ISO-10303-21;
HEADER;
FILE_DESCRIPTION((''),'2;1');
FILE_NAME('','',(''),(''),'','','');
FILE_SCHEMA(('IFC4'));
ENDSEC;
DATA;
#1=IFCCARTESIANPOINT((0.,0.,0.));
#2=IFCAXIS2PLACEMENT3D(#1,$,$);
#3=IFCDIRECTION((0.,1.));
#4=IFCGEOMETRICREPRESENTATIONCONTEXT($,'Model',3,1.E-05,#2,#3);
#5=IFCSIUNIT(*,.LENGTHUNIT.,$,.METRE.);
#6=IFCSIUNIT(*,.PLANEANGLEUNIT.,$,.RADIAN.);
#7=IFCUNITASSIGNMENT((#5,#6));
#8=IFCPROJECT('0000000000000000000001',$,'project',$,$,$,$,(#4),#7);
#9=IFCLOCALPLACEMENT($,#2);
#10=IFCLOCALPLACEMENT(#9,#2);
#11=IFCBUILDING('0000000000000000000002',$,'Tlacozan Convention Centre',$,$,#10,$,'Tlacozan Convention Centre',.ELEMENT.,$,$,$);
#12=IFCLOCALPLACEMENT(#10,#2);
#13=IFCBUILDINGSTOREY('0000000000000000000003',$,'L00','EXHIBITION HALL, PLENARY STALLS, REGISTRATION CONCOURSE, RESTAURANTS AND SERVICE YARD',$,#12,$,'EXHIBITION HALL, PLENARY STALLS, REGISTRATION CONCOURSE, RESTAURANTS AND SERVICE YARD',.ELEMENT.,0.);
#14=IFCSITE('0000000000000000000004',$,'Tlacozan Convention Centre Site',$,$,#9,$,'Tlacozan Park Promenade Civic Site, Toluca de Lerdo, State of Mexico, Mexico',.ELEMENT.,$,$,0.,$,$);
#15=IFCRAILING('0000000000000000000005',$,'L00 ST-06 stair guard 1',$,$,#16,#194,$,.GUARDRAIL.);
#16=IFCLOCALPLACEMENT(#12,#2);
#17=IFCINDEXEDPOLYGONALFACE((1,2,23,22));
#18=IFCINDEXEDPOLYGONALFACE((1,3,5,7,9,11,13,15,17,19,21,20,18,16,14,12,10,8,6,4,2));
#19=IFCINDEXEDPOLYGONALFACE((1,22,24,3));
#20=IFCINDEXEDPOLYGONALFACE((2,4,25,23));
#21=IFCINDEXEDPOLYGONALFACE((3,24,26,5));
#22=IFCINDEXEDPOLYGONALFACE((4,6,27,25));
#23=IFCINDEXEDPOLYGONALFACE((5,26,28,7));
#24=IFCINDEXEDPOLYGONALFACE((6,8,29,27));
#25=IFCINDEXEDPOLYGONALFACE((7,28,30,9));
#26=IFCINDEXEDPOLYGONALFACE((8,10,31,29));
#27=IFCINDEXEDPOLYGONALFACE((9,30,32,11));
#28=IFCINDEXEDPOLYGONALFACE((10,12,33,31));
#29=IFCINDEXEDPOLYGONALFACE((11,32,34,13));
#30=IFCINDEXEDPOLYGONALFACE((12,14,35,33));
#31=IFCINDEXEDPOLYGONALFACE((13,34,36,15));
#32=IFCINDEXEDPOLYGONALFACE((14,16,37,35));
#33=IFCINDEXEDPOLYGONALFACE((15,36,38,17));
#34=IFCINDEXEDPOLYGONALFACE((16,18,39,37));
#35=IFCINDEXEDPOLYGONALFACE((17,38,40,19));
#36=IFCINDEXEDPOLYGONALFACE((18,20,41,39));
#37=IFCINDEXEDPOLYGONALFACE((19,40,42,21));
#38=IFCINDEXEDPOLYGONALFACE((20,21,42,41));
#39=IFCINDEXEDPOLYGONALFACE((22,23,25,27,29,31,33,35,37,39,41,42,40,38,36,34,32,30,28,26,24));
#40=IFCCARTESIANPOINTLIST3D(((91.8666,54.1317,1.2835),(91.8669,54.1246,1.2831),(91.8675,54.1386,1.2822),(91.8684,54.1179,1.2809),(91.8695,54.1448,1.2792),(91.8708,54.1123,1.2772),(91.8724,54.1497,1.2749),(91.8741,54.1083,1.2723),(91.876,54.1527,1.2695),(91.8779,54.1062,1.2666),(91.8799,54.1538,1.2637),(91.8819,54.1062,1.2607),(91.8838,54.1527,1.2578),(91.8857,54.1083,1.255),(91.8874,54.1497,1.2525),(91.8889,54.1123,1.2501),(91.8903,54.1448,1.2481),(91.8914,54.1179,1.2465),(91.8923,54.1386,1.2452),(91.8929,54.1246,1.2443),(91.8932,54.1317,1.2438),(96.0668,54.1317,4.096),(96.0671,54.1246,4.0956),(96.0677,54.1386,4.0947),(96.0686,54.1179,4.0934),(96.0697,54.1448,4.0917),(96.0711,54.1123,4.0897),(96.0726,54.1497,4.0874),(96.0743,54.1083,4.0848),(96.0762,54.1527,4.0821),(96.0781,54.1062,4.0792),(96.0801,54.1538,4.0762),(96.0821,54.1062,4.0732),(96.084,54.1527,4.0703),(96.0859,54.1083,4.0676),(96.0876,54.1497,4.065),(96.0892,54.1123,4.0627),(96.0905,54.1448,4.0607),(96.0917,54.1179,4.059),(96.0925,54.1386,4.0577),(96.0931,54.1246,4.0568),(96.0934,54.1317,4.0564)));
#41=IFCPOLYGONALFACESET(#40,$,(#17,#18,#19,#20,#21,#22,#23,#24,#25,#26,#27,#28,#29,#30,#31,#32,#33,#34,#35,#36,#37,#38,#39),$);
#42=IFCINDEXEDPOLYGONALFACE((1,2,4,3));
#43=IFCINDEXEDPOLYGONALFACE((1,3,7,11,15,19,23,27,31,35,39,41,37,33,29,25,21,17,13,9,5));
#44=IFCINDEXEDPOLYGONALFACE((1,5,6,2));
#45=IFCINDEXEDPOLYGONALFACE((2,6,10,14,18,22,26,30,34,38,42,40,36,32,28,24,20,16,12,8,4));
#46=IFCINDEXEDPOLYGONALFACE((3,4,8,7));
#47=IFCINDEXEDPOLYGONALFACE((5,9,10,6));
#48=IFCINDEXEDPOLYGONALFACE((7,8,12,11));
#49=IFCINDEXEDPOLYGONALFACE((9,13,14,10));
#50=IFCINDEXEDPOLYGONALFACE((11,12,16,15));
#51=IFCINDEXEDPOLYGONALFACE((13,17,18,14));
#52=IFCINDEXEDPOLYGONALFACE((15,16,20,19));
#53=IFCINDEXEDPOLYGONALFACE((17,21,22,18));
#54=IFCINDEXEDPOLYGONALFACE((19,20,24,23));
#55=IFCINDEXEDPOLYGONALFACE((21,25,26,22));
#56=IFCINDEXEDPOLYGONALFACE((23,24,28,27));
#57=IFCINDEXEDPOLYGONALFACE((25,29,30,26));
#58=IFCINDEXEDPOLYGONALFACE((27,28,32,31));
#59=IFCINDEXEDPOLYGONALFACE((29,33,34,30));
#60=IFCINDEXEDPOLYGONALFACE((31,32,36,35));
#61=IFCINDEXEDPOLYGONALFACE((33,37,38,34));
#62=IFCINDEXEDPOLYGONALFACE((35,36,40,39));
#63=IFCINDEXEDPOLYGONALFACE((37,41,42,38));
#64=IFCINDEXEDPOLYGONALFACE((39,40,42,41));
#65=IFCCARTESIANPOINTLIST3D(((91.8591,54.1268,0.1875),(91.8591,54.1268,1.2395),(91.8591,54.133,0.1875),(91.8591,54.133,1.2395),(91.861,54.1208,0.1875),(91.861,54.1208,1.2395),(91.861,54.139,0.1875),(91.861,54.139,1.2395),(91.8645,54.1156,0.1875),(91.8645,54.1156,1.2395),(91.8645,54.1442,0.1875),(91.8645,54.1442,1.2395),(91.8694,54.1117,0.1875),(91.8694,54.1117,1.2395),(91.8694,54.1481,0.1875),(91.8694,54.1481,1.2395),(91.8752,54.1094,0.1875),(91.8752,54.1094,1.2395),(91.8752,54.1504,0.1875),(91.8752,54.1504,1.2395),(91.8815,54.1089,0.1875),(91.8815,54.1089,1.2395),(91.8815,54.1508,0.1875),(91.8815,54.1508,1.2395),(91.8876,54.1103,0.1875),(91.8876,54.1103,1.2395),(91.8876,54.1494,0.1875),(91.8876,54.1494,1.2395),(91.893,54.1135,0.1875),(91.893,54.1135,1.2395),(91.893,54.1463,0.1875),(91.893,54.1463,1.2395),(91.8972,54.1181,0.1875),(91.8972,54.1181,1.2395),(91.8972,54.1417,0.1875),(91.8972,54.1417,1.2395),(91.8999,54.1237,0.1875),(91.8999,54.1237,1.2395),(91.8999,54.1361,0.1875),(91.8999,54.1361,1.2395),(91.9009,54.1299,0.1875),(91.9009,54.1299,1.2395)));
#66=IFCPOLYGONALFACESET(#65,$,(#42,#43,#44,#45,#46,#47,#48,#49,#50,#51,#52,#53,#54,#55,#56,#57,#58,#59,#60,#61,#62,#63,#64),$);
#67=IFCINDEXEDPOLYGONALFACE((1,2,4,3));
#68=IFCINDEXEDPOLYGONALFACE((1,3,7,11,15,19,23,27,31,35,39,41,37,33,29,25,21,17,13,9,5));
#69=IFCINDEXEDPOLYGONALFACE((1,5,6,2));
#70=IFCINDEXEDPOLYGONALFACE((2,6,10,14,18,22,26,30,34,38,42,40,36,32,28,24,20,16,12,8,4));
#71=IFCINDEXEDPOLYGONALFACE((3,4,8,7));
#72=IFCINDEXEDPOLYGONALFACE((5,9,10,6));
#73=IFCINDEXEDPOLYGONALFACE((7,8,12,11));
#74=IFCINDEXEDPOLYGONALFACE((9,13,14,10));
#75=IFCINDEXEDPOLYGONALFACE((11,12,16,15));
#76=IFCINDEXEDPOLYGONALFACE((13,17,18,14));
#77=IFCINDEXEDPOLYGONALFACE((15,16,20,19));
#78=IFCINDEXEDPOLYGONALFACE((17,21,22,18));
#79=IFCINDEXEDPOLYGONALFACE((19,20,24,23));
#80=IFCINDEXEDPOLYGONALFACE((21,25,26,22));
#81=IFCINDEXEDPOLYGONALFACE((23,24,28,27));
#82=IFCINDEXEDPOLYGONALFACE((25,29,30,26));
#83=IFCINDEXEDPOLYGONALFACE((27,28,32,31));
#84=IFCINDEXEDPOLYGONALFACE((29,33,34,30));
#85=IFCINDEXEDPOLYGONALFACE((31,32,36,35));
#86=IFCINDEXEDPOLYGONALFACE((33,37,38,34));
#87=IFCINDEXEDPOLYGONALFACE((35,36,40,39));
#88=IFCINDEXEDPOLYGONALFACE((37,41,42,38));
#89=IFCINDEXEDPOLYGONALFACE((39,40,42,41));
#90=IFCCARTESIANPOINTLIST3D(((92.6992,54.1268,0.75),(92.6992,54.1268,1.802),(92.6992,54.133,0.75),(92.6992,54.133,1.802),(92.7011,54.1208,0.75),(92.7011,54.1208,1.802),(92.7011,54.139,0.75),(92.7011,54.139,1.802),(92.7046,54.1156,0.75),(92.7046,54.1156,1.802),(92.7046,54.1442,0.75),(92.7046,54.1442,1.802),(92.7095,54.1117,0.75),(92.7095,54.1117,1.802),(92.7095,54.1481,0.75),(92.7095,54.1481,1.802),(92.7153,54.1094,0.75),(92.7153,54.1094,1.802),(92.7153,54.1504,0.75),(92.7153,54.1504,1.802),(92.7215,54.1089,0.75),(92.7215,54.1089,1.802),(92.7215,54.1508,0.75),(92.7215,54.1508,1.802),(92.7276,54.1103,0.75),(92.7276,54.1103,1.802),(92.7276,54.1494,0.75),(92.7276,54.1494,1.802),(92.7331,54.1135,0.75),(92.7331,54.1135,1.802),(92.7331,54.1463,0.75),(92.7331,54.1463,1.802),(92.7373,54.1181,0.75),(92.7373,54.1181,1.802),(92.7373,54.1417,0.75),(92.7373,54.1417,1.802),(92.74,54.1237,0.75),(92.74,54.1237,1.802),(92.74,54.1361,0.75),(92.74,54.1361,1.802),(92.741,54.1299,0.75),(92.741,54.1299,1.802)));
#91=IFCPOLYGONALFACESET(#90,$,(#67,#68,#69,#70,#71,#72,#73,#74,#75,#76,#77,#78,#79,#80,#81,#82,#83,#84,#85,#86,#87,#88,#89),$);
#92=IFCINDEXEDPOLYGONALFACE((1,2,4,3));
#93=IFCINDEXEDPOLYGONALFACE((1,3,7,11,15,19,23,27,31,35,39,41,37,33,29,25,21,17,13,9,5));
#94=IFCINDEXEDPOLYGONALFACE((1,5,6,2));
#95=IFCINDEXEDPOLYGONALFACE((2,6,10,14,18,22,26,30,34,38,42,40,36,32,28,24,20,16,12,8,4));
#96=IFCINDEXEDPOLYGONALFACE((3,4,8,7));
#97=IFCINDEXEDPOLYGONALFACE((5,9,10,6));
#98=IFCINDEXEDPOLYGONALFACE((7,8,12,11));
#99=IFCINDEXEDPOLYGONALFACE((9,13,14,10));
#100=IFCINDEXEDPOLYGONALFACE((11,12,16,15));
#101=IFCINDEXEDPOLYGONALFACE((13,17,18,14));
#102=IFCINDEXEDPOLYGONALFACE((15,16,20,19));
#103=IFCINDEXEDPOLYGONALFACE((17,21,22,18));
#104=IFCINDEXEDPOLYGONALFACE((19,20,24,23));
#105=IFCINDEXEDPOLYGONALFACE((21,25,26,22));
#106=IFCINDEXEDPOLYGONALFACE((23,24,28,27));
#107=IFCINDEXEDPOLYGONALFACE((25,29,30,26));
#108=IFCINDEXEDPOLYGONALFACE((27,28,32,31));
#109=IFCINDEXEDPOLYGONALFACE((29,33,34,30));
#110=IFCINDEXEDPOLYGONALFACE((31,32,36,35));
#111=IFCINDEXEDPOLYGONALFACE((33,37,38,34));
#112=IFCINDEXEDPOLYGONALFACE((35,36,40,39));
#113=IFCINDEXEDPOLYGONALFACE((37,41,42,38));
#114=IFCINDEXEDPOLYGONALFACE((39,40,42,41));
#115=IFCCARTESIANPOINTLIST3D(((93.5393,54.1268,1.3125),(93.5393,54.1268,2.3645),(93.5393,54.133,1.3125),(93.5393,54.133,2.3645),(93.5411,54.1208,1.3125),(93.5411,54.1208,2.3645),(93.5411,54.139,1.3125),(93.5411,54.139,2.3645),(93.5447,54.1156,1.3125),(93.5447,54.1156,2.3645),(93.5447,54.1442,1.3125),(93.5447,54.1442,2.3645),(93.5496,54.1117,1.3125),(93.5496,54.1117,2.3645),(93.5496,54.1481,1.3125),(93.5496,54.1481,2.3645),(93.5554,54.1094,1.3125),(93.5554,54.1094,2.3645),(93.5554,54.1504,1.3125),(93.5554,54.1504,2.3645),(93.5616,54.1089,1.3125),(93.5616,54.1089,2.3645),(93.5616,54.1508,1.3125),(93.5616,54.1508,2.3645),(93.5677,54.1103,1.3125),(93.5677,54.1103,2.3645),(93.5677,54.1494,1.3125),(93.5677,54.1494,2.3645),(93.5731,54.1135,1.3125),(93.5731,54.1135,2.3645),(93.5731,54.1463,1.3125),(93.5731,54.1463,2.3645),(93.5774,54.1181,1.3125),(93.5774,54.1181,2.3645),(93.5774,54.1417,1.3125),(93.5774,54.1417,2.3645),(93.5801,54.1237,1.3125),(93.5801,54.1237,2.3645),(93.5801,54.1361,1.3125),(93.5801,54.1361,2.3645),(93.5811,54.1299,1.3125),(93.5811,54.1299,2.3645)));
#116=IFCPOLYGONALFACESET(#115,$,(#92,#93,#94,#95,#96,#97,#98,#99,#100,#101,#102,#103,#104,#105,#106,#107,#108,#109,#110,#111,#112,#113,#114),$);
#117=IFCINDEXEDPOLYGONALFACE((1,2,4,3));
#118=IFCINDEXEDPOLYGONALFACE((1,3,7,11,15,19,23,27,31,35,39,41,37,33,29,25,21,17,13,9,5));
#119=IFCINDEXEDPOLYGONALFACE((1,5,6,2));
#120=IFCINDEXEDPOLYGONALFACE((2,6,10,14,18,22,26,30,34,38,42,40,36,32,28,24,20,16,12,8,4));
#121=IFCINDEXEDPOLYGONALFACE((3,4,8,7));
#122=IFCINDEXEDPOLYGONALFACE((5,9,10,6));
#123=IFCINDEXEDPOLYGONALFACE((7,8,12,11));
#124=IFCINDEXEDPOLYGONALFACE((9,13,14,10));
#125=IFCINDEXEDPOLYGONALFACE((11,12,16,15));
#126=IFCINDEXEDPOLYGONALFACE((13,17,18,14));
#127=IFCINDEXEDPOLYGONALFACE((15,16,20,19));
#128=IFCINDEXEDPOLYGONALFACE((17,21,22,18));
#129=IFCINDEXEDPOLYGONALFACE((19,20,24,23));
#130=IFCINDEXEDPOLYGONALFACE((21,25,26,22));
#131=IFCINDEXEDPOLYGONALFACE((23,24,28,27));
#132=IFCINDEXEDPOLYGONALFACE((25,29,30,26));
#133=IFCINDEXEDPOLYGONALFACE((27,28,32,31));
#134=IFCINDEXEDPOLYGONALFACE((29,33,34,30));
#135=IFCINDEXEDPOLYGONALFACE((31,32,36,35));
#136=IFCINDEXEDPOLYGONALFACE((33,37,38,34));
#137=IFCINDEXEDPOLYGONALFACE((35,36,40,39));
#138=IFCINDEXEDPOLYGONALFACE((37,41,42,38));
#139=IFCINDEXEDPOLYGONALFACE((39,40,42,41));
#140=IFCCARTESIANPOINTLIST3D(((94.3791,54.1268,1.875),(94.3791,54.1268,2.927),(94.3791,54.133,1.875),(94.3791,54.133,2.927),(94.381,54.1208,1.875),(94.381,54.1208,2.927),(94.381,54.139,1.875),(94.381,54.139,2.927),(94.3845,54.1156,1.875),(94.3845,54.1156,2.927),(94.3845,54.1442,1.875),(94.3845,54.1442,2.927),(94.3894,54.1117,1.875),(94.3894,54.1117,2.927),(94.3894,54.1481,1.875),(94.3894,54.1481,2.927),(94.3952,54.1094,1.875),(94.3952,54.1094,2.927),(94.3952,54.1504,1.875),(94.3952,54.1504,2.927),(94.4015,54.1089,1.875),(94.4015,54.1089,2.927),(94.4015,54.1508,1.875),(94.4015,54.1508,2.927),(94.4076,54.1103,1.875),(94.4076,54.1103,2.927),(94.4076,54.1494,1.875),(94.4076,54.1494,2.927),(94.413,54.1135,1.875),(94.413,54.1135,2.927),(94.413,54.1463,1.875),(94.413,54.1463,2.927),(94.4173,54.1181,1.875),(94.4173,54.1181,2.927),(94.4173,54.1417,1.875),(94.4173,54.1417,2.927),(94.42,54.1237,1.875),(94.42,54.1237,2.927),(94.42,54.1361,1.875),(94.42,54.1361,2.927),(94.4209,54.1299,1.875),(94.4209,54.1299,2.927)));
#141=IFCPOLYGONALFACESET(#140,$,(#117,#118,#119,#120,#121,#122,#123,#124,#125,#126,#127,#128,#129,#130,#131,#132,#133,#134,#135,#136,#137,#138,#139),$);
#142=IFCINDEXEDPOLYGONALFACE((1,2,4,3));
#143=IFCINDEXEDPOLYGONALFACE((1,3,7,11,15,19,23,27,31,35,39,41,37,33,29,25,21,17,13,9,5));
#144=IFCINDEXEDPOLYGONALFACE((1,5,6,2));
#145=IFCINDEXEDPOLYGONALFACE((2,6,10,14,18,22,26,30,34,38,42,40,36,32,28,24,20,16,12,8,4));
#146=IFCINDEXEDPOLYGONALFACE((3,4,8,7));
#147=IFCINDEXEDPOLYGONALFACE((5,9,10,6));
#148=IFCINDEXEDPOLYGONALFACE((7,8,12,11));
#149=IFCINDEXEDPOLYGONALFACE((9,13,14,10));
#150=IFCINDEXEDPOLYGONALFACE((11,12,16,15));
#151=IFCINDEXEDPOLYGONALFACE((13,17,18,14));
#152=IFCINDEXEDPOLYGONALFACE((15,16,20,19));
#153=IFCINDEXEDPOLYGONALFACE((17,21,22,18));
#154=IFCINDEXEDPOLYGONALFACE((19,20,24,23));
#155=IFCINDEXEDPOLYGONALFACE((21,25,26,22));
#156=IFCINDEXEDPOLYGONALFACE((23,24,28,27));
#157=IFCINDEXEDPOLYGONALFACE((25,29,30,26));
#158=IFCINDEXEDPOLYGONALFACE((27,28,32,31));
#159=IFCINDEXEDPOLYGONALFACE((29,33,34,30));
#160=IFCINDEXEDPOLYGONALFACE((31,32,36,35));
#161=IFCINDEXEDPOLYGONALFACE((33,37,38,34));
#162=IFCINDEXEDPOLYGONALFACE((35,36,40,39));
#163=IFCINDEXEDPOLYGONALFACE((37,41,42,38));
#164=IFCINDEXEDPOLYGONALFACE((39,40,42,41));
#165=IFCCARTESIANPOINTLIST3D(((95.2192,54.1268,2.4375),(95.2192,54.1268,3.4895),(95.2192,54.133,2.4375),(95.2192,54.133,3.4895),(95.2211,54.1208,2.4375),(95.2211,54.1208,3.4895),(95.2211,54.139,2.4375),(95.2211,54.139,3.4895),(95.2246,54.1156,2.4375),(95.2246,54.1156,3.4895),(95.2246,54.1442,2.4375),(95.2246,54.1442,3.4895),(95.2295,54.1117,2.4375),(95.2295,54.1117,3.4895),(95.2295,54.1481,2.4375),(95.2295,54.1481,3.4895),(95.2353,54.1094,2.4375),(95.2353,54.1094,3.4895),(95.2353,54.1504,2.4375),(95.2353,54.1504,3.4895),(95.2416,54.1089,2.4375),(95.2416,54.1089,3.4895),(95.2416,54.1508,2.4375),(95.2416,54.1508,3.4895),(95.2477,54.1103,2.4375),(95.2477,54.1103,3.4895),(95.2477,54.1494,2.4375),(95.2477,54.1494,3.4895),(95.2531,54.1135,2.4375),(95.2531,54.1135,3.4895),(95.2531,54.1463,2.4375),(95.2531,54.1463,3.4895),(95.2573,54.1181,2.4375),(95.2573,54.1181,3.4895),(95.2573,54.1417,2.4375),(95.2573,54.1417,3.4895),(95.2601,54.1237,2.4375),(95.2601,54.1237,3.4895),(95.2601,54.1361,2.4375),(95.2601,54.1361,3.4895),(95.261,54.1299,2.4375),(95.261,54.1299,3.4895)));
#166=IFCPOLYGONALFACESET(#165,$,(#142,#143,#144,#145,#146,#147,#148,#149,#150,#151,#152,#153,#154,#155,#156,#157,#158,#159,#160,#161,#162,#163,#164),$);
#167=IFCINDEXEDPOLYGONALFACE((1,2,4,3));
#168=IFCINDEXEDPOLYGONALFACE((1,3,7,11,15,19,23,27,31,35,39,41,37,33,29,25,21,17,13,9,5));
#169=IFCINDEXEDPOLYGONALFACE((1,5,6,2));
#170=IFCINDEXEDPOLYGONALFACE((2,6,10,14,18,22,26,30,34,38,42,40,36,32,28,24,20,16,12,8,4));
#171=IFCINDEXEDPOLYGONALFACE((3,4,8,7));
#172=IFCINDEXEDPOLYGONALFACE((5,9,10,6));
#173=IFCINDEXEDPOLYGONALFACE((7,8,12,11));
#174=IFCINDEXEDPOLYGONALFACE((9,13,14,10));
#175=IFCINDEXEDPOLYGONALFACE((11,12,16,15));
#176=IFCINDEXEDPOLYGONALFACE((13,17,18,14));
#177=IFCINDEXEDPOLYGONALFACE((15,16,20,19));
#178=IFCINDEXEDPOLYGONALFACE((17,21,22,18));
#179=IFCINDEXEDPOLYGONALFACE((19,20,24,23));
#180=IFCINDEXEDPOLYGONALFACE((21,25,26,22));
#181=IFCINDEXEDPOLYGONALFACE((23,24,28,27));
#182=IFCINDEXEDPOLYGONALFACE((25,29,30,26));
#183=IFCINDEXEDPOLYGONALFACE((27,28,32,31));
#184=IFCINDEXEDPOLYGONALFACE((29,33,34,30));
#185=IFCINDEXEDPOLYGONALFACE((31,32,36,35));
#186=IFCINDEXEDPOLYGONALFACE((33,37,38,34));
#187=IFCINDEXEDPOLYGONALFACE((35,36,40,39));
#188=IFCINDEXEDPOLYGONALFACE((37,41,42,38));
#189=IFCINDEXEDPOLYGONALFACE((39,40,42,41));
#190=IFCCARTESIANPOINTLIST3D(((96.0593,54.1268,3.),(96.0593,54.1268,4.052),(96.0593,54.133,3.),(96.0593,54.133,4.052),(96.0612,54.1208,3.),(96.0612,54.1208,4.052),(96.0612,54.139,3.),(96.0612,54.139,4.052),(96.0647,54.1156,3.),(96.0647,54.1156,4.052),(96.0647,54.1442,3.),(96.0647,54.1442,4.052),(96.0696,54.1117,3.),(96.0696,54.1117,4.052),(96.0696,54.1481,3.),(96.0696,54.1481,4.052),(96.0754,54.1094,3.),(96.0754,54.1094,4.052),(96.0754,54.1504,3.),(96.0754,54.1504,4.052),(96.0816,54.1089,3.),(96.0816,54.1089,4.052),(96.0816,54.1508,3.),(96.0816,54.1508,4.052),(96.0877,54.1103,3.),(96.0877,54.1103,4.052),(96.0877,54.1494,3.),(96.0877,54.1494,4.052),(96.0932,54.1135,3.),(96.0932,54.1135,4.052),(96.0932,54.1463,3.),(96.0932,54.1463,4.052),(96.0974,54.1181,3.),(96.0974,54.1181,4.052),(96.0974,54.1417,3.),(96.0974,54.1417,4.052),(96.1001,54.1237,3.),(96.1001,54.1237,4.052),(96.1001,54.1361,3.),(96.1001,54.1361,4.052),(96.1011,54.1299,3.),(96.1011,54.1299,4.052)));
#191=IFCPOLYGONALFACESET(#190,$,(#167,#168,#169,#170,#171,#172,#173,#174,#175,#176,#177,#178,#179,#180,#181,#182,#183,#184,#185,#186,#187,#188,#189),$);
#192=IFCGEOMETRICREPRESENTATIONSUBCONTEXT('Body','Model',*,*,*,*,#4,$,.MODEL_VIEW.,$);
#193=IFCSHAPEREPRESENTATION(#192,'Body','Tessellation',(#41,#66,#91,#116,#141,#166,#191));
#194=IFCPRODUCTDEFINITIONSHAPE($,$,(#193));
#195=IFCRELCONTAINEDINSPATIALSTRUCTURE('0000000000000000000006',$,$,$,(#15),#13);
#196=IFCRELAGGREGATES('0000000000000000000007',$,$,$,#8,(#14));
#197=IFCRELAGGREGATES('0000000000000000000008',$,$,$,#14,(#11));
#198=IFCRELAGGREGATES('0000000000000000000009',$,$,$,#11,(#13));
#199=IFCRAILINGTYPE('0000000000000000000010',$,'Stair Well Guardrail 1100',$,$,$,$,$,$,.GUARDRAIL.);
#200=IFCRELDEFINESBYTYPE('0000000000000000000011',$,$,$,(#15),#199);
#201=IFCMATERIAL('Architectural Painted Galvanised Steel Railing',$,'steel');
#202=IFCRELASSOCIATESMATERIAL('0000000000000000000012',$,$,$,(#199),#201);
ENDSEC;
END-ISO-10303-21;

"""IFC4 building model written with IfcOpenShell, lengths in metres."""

from ifc_helpers import new_model, si_unit, direction, frame, origin, origin_2d, place, context, subcontext, project, spatial, circle, extrude, material, type_object, element, save


model = new_model("IFC4")

# Units and contexts
model_context = context("Model", 3, precision=1e-05, world=origin(), true_north=direction((0.0, 1.0)))
body_context = subcontext(model_context, "Body", "Model", "MODEL_VIEW")
ifc_project = project(units=[si_unit("LENGTHUNIT", "METRE"), si_unit("PLANEANGLEUNIT", "RADIAN")], contexts=[model_context])

# Site, building, storey
site_placement = place(None, origin())
site = spatial("IfcSite", under=ifc_project, at=site_placement, Name="Tlacozan Convention Centre Site", LongName="Tlacozan Park Promenade Civic Site, Toluca de Lerdo, State of Mexico, Mexico", CompositionType="ELEMENT", RefElevation=0.0)
building_placement = place(site_placement, origin())
building = spatial("IfcBuilding", under=site, at=building_placement, Name="Tlacozan Convention Centre", LongName="Tlacozan Convention Centre", CompositionType="ELEMENT")
storey_placement = place(building_placement, origin())
storey = spatial("IfcBuildingStorey", under=building, at=storey_placement, Name="L00", Description="EXHIBITION HALL, PLENARY STALLS, REGISTRATION CONCOURSE, RESTAURANTS AND SERVICE YARD", LongName="EXHIBITION HALL, PLENARY STALLS, REGISTRATION CONCOURSE, RESTAURANTS AND SERVICE YARD", CompositionType="ELEMENT", Elevation=0.0)

# Railing
ifc_material_1 = material(Name="Architectural Painted Galvanised Steel Railing", Category="steel")
railing_type_1 = type_object("IfcRailingType", Name="Stair Well Guardrail 1100", PredefinedType="GUARDRAIL", material=ifc_material_1)
railing_1_placement = place(storey_placement, frame((91.8799, 54.1299, 0.1875)))
element("IfcRailing", 1, at=railing_1_placement, inside=storey, type_object=railing_type_1, Name="L00 ST-06 stair guard 1", PredefinedType="GUARDRAIL", context=body_context, shape_type="SweptSolid", body=[
    extrude(circle(Radius=0.0239, at=origin_2d()), frame((0.0, 0.0, 1.0762), z_axis=(0.830919, 0.0, 0.556393), x_axis=(0.0, 1.0, 0.0)), (0.0, 0.0, 1.0), 5.0549),
    extrude(circle(Radius=0.021, at=origin_2d()), origin(), (0.0, 0.0, 1.0), 1.052),
    extrude(circle(Radius=0.021, at=origin_2d()), frame((0.8401, 0.0, 0.5625)), (0.0, 0.0, 1.0), 1.052),
    extrude(circle(Radius=0.021, at=origin_2d()), frame((1.6802, 0.0, 1.125)), (0.0, 0.0, 1.0), 1.052),
    extrude(circle(Radius=0.021, at=origin_2d()), frame((2.52, 0.0, 1.6875)), (0.0, 0.0, 1.0), 1.052),
    extrude(circle(Radius=0.021, at=origin_2d()), frame((3.3601, 0.0, 2.25)), (0.0, 0.0, 1.0), 1.052),
    extrude(circle(Radius=0.021, at=origin_2d()), frame((4.2002, 0.0, 2.8125)), (0.0, 0.0, 1.0), 1.052),
])

save(model, "model.ifc")
